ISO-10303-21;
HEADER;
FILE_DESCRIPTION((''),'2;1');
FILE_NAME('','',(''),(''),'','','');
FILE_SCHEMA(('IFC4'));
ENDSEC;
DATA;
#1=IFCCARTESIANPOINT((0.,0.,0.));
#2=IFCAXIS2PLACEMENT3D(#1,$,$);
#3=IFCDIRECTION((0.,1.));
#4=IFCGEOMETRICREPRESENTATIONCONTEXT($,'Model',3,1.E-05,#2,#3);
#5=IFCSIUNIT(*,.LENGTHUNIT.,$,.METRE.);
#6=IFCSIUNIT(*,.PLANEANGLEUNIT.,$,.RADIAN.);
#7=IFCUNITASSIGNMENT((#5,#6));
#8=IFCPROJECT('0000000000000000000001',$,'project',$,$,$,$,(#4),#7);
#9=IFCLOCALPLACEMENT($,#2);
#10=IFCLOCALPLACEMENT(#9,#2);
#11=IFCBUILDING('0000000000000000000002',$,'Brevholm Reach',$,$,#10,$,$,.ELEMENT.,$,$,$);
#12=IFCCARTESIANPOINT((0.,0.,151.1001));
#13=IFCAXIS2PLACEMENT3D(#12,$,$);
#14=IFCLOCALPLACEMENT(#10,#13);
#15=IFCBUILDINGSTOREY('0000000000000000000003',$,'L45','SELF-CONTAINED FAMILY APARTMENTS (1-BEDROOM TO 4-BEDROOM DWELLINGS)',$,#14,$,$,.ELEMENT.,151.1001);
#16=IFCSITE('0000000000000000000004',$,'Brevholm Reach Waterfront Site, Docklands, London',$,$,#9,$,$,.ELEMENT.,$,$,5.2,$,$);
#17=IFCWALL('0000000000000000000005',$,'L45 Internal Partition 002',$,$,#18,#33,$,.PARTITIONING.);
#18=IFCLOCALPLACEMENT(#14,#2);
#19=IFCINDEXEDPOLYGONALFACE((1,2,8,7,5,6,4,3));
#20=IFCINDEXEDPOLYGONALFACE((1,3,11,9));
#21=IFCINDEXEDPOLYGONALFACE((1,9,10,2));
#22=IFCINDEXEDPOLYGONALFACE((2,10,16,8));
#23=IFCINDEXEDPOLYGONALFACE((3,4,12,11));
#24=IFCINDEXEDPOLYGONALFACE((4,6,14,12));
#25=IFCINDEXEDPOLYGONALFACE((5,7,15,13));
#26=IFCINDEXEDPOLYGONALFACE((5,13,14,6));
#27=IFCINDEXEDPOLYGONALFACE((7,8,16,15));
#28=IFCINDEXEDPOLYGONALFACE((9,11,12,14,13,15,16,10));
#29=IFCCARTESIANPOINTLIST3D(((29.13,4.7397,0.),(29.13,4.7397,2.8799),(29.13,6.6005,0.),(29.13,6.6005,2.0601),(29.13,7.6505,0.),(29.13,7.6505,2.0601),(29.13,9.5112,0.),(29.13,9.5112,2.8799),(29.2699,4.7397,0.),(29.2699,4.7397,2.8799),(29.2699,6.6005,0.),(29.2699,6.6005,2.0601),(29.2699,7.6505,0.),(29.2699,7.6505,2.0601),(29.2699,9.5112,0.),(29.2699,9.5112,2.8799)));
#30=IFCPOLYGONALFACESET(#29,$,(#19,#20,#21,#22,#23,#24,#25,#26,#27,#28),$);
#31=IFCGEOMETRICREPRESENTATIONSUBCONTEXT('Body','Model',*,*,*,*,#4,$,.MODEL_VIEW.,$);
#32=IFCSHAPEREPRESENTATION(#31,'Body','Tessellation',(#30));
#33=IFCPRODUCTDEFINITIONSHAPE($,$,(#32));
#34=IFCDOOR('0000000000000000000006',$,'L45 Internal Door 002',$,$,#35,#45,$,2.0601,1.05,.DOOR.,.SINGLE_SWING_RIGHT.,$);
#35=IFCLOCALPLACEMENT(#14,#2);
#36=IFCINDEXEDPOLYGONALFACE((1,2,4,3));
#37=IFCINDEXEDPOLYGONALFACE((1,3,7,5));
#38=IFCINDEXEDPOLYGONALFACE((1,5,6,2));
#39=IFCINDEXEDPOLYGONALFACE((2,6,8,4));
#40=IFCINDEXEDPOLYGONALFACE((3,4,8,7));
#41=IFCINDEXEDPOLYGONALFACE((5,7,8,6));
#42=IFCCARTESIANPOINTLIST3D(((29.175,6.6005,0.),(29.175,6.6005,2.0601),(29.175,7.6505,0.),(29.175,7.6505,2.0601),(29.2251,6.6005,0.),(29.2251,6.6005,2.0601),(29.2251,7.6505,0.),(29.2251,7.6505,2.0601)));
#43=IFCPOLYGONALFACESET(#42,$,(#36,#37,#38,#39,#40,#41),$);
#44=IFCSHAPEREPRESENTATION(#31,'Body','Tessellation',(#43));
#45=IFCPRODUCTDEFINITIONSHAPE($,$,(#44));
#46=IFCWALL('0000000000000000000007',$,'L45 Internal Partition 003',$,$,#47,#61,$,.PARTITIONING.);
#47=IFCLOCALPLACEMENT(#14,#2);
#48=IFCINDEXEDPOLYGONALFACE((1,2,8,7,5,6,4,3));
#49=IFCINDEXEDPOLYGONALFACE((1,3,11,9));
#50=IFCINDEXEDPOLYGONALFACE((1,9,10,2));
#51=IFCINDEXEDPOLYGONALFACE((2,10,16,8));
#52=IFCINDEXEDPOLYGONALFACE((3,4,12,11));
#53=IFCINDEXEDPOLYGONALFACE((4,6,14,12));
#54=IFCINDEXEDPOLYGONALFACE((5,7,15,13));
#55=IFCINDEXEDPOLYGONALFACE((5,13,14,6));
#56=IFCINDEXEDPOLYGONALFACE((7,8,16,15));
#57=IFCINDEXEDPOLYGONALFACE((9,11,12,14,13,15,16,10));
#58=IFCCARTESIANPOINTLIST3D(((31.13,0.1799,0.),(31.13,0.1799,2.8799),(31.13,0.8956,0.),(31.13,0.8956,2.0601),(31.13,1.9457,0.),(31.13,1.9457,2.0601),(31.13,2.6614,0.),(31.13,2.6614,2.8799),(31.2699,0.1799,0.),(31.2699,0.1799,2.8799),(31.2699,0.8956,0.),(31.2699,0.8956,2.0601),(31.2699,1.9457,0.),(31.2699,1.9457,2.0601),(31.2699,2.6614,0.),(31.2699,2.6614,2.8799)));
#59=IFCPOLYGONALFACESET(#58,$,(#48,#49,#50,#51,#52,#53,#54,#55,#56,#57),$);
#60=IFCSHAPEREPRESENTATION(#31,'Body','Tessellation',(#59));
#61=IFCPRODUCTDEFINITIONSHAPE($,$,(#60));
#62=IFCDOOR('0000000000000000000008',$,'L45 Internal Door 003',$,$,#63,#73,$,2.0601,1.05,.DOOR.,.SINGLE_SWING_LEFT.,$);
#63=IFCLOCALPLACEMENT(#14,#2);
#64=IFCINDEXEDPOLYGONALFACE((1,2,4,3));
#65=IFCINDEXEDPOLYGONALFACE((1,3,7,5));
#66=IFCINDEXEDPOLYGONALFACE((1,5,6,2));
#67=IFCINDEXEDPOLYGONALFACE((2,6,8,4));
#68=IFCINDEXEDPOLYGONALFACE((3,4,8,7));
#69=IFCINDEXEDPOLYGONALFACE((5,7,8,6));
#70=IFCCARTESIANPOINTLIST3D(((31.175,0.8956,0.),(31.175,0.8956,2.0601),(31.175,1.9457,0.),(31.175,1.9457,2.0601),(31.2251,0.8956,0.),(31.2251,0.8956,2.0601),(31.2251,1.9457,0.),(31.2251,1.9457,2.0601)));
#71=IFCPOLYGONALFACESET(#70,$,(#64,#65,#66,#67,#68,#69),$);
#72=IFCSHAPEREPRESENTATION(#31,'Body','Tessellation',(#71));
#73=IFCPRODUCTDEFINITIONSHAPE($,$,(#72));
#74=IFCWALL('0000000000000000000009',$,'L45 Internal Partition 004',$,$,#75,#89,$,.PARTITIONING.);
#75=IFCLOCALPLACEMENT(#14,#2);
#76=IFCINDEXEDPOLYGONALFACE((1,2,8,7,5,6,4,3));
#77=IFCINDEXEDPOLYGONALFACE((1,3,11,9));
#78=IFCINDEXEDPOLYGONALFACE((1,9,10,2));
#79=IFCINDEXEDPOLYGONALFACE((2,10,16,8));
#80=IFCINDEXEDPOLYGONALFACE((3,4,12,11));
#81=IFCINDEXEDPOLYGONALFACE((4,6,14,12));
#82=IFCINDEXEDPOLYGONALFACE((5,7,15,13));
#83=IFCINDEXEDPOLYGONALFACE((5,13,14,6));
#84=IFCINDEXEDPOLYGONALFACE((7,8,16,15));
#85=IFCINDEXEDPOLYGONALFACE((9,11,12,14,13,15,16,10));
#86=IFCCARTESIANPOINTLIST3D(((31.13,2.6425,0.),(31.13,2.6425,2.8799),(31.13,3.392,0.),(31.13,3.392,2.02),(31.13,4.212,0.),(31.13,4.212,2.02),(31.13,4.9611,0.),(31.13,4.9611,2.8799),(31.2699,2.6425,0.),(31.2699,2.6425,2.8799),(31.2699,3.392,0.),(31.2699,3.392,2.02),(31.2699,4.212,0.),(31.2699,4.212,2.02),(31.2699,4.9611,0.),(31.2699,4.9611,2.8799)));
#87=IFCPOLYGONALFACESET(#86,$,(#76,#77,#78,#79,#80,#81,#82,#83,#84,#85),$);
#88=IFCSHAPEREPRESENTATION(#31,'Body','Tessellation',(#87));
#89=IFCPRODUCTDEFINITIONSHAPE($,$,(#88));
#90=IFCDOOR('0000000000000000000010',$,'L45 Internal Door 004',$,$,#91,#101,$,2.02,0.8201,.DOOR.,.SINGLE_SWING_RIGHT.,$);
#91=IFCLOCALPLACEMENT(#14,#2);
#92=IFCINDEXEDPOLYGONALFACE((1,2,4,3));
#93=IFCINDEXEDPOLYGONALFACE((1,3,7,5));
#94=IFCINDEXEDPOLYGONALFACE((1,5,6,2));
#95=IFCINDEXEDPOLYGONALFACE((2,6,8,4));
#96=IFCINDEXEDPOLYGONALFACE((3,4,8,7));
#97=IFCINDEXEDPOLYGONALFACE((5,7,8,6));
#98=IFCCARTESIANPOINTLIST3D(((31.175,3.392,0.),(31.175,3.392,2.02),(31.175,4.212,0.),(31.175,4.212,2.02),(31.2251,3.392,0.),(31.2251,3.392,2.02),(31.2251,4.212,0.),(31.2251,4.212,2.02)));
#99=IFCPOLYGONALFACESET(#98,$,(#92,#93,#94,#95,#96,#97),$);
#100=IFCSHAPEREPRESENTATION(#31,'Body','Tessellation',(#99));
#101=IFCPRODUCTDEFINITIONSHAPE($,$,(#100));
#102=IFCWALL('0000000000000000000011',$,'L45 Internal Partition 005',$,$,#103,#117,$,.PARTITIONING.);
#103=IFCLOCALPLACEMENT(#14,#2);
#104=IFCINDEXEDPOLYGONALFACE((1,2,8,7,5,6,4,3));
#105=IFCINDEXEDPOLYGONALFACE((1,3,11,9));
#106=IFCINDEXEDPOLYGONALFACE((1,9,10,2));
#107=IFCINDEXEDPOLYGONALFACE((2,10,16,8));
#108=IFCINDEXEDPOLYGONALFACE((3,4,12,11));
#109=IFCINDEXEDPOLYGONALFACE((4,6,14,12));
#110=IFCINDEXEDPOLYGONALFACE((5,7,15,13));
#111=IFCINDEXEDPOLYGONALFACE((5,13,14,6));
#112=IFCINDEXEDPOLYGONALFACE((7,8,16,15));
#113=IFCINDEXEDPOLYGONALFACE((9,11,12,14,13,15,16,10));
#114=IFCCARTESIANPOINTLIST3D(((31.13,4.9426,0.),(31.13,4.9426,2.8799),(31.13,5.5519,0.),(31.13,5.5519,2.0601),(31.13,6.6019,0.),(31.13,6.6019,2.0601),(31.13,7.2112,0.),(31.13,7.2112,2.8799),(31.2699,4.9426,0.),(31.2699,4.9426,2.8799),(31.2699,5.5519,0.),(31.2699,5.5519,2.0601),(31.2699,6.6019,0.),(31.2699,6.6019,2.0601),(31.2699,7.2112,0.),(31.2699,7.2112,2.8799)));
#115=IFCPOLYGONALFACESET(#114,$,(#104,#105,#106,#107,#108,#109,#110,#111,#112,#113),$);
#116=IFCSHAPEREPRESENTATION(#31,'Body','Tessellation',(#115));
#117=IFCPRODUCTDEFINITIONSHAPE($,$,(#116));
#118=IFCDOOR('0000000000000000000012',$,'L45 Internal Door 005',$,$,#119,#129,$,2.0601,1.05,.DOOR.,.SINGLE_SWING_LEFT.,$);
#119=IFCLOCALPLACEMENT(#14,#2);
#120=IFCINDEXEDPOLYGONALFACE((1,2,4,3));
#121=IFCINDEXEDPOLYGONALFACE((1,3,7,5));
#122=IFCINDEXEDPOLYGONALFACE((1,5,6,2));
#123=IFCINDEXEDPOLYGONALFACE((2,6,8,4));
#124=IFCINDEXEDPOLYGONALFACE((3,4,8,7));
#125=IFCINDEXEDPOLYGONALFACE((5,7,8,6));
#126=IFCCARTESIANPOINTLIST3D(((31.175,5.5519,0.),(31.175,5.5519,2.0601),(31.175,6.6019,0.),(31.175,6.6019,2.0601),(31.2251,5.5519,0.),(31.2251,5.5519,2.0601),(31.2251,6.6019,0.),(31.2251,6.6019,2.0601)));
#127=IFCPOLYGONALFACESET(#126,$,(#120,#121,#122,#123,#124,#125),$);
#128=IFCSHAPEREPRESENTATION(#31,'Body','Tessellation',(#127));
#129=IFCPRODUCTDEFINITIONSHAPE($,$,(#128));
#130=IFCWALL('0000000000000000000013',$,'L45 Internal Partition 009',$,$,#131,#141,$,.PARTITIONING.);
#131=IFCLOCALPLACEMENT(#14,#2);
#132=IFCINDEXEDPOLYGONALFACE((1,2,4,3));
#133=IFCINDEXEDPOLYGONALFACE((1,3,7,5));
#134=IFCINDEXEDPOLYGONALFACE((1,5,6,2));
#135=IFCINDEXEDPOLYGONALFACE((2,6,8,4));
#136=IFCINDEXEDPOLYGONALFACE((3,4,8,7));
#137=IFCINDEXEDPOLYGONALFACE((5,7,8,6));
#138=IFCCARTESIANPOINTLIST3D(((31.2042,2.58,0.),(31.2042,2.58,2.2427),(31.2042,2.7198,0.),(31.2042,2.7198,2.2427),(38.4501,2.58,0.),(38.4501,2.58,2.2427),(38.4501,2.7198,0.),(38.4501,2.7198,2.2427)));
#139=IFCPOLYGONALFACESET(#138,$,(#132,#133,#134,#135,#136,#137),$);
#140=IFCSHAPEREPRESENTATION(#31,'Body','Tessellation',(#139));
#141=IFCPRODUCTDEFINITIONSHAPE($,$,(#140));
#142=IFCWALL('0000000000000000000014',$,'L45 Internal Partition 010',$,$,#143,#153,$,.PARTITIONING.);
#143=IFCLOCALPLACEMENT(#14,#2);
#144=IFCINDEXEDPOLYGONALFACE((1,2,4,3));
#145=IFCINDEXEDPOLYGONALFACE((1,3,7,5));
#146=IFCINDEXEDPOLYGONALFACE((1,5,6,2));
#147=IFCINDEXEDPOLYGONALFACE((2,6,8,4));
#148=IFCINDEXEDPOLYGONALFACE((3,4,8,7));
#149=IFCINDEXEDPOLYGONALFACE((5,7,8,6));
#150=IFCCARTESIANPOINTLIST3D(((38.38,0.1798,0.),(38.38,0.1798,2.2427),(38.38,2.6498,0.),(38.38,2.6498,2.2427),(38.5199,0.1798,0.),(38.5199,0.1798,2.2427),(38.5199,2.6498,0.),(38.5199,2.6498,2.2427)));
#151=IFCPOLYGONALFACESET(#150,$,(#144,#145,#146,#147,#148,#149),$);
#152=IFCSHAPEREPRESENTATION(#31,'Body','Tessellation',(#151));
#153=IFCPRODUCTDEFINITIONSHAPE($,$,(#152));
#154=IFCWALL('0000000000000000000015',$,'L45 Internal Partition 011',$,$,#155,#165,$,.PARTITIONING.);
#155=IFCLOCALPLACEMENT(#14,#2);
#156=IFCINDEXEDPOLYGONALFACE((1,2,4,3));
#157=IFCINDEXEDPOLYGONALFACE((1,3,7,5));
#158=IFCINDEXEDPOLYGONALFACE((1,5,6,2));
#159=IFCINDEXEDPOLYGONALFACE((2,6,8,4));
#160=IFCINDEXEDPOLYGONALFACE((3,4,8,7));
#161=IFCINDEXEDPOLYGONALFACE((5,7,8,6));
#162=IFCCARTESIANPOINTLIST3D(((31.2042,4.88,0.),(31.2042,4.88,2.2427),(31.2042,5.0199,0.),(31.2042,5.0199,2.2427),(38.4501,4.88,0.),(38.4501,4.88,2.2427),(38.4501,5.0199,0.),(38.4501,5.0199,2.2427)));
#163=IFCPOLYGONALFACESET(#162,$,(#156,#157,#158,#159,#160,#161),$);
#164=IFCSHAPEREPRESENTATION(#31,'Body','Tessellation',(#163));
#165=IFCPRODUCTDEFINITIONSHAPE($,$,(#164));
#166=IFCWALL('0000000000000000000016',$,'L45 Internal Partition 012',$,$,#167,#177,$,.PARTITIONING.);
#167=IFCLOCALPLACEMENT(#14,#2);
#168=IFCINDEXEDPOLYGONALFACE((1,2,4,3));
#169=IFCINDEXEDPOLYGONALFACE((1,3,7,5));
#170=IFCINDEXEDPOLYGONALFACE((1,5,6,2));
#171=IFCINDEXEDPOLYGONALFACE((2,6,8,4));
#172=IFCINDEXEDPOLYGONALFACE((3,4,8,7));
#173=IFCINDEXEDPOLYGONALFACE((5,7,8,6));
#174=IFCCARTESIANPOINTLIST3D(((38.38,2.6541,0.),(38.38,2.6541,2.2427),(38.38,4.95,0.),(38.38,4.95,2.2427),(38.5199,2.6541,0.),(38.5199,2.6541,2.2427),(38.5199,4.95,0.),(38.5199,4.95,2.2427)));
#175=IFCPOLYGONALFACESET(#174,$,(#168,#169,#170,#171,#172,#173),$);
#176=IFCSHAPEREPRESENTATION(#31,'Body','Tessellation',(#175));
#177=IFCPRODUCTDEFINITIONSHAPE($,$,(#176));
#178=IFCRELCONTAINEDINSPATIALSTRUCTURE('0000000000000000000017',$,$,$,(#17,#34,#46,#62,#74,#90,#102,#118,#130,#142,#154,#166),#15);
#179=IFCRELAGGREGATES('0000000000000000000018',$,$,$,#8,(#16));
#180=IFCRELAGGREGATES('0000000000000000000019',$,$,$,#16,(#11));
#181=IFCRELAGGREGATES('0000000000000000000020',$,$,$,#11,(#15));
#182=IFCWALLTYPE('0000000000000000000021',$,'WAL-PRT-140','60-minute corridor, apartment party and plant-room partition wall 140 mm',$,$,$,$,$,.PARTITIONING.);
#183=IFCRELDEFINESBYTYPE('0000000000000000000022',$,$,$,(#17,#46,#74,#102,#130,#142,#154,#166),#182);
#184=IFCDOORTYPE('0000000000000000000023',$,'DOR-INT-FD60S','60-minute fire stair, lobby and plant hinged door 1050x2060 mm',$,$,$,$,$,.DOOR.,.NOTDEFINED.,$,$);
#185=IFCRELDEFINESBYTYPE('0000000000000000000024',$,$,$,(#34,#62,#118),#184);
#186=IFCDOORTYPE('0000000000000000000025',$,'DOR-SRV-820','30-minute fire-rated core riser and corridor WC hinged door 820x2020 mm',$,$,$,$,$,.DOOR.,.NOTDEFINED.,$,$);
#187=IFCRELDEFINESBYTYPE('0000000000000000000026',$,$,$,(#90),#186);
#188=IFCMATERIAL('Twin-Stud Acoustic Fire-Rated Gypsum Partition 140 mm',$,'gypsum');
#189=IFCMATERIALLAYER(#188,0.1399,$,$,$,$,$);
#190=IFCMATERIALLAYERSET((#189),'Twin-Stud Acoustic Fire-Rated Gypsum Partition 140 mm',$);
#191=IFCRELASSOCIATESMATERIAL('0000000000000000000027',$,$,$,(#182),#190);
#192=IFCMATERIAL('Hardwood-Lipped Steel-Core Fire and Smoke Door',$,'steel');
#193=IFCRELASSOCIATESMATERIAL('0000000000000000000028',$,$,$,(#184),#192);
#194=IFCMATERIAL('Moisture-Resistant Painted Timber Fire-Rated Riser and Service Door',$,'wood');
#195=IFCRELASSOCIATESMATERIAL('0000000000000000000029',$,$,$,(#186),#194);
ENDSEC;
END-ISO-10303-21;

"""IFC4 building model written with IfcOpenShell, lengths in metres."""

from ifc_helpers import new_model, si_unit, direction, frame, frame_2d, origin, place, context, subcontext, project, spatial, rectangle, extrude, material, layer, layer_set, type_object, element, fill, save


model = new_model("IFC4")

# Units and contexts
model_context = context("Model", 3, precision=1e-05, world=origin(), true_north=direction((0.0, 1.0)))
body_context = subcontext(model_context, "Body", "Model", "MODEL_VIEW")
ifc_project = project(units=[si_unit("LENGTHUNIT", "METRE"), si_unit("PLANEANGLEUNIT", "RADIAN")], contexts=[model_context])

# Site, building, storey
site_placement = place(None, origin())
site = spatial("IfcSite", under=ifc_project, at=site_placement, Name="Brevholm Reach Waterfront Site, Docklands, London", CompositionType="ELEMENT", RefElevation=5.2)
building_placement = place(site_placement, origin())
building = spatial("IfcBuilding", under=site, at=building_placement, Name="Brevholm Reach", CompositionType="ELEMENT")
storey_placement = place(building_placement, frame((0.0, 0.0, 151.1001)))
storey = spatial("IfcBuildingStorey", under=building, at=storey_placement, Name="L45", Description="SELF-CONTAINED FAMILY APARTMENTS (1-BEDROOM TO 4-BEDROOM DWELLINGS)", CompositionType="ELEMENT", Elevation=151.1001)

# Walls, openings, doors
ifc_material_1 = material(Name="Twin-Stud Acoustic Fire-Rated Gypsum Partition 140 mm", Category="gypsum")
ifc_layer = layer(ifc_material_1, 0.1399)
ifc_layer_set = layer_set([ifc_layer], Name="Twin-Stud Acoustic Fire-Rated Gypsum Partition 140 mm")
wall_type = type_object("IfcWallType", Name="WAL-PRT-140", Description="60-minute corridor, apartment party and plant-room partition wall 140 mm", PredefinedType="PARTITIONING", material=ifc_layer_set)
ifc_material_2 = material(Name="Hardwood-Lipped Steel-Core Fire and Smoke Door", Category="steel")
door_type_1 = type_object("IfcDoorType", Name="DOR-INT-FD60S", Description="60-minute fire stair, lobby and plant hinged door 1050x2060 mm", OperationType="NOTDEFINED", PredefinedType="DOOR", material=ifc_material_2)
wall_1_placement = place(storey_placement, frame((29.2, 4.7397, 0.0), z_axis=(0.0, 0.0, 1.0), x_axis=(0.0, 1.0, 0.0)))
wall_1 = element("IfcWall", 1, at=wall_1_placement, inside=storey, type_object=wall_type, Name="L45 Internal Partition 002", PredefinedType="PARTITIONING", context=body_context, shape_type="SweptSolid", body=[
    extrude(rectangle(XDim=4.7715, YDim=0.1399, at=frame_2d((2.3857, 0.0))), origin(), (0.0, 0.0, 1.0), 2.8799),
])
opening_1_placement = place(wall_1_placement, frame((1.8608, 0.0, 0.0)))
opening_1 = element("IfcOpeningElement", 2, at=opening_1_placement, cuts=wall_1, PredefinedType="OPENING", context=body_context, shape_type="SweptSolid", body=[
    extrude(rectangle(XDim=1.05, YDim=2.0601, at=frame_2d((0.5249, 1.03))), frame((0.0, 0.0798, 0.0), z_axis=(0.0, -1.0, 0.0), x_axis=(1.0, 0.0, 0.0)), (0.0, 0.0, 1.0), 0.1599),
])
door_1_placement = place(opening_1_placement, origin())
door_1 = element("IfcDoor", 3, at=door_1_placement, inside=storey, type_object=door_type_1, Name="L45 Internal Door 002", OperationType="SINGLE_SWING_RIGHT", OverallHeight=2.0601, OverallWidth=1.05, PredefinedType="DOOR", context=body_context, shape_type="SweptSolid", body=[
    extrude(rectangle(XDim=1.05, YDim=2.0601, at=frame_2d((0.5249, 1.03))), frame((0.0, 0.0249, 0.0), z_axis=(0.0, -1.0, 0.0), x_axis=(1.0, 0.0, 0.0)), (0.0, 0.0, 1.0), 0.05),
])
fill(opening_1, door_1)
wall_2_placement = place(storey_placement, frame((31.2, 0.1799, 0.0), z_axis=(0.0, 0.0, 1.0), x_axis=(0.0, 1.0, 0.0)))
wall_2 = element("IfcWall", 4, at=wall_2_placement, inside=storey, type_object=wall_type, Name="L45 Internal Partition 003", PredefinedType="PARTITIONING", context=body_context, shape_type="SweptSolid", body=[
    extrude(rectangle(XDim=2.4814, YDim=0.1399, at=frame_2d((1.2407, 0.0))), origin(), (0.0, 0.0, 1.0), 2.8799),
])
opening_2_placement = place(wall_2_placement, frame((0.7158, 0.0, 0.0)))
opening_2 = element("IfcOpeningElement", 5, at=opening_2_placement, cuts=wall_2, PredefinedType="OPENING", context=body_context, shape_type="SweptSolid", body=[
    extrude(rectangle(XDim=1.05, YDim=2.0601, at=frame_2d((0.5249, 1.03))), frame((0.0, 0.0798, 0.0), z_axis=(0.0, -1.0, 0.0), x_axis=(1.0, 0.0, 0.0)), (0.0, 0.0, 1.0), 0.1599),
])
door_2_placement = place(opening_2_placement, origin())
door_2 = element("IfcDoor", 6, at=door_2_placement, inside=storey, type_object=door_type_1, Name="L45 Internal Door 003", OperationType="SINGLE_SWING_LEFT", OverallHeight=2.0601, OverallWidth=1.05, PredefinedType="DOOR", context=body_context, shape_type="SweptSolid", body=[
    extrude(rectangle(XDim=1.05, YDim=2.0601, at=frame_2d((0.5249, 1.03))), frame((0.0, 0.0249, 0.0), z_axis=(0.0, -1.0, 0.0), x_axis=(1.0, 0.0, 0.0)), (0.0, 0.0, 1.0), 0.05),
])
fill(opening_2, door_2)
wall_3_placement = place(storey_placement, frame((31.2, 2.6426, 0.0), z_axis=(0.0, 0.0, 1.0), x_axis=(0.0, 1.0, 0.0)))
wall_3 = element("IfcWall", 7, at=wall_3_placement, inside=storey, type_object=wall_type, Name="L45 Internal Partition 004", PredefinedType="PARTITIONING", context=body_context, shape_type="SweptSolid", body=[
    extrude(rectangle(XDim=2.3186, YDim=0.1399, at=frame_2d((1.1592, 0.0))), origin(), (0.0, 0.0, 1.0), 2.8799),
])
opening_3_placement = place(wall_3_placement, frame((0.7493, 0.0, 0.0)))
opening_3 = element("IfcOpeningElement", 8, at=opening_3_placement, cuts=wall_3, PredefinedType="OPENING", context=body_context, shape_type="SweptSolid", body=[
    extrude(rectangle(XDim=0.8201, YDim=2.02, at=frame_2d((0.4102, 1.01))), frame((0.0, 0.0798, 0.0), z_axis=(0.0, -1.0, 0.0), x_axis=(1.0, 0.0, 0.0)), (0.0, 0.0, 1.0), 0.1599),
])
ifc_material_3 = material(Name="Moisture-Resistant Painted Timber Fire-Rated Riser and Service Door", Category="wood")
door_type_2 = type_object("IfcDoorType", Name="DOR-SRV-820", Description="30-minute fire-rated core riser and corridor WC hinged door 820x2020 mm", OperationType="NOTDEFINED", PredefinedType="DOOR", material=ifc_material_3)
door_3_placement = place(opening_3_placement, origin())
door_3 = element("IfcDoor", 9, at=door_3_placement, inside=storey, type_object=door_type_2, Name="L45 Internal Door 004", OperationType="SINGLE_SWING_RIGHT", OverallHeight=2.02, OverallWidth=0.8201, PredefinedType="DOOR", context=body_context, shape_type="SweptSolid", body=[
    extrude(rectangle(XDim=0.8201, YDim=2.02, at=frame_2d((0.4102, 1.01))), frame((0.0, 0.0249, 0.0), z_axis=(0.0, -1.0, 0.0), x_axis=(1.0, 0.0, 0.0)), (0.0, 0.0, 1.0), 0.05),
])
fill(opening_3, door_3)
wall_4_placement = place(storey_placement, frame((31.2, 4.9426, 0.0), z_axis=(0.0, 0.0, 1.0), x_axis=(0.0, 1.0, 0.0)))
wall_4 = element("IfcWall", 10, at=wall_4_placement, inside=storey, type_object=wall_type, Name="L45 Internal Partition 005", PredefinedType="PARTITIONING", context=body_context, shape_type="SweptSolid", body=[
    extrude(rectangle(XDim=2.2686, YDim=0.1399, at=frame_2d((1.1343, 0.0))), origin(), (0.0, 0.0, 1.0), 2.8799),
])
opening_4_placement = place(wall_4_placement, frame((0.6094, 0.0, 0.0)))
opening_4 = element("IfcOpeningElement", 11, at=opening_4_placement, cuts=wall_4, PredefinedType="OPENING", context=body_context, shape_type="SweptSolid", body=[
    extrude(rectangle(XDim=1.05, YDim=2.0601, at=frame_2d((0.5249, 1.03))), frame((0.0, 0.0798, 0.0), z_axis=(0.0, -1.0, 0.0), x_axis=(1.0, 0.0, 0.0)), (0.0, 0.0, 1.0), 0.1599),
])
door_4_placement = place(opening_4_placement, origin())
door_4 = element("IfcDoor", 12, at=door_4_placement, inside=storey, type_object=door_type_1, Name="L45 Internal Door 005", OperationType="SINGLE_SWING_LEFT", OverallHeight=2.0601, OverallWidth=1.05, PredefinedType="DOOR", context=body_context, shape_type="SweptSolid", body=[
    extrude(rectangle(XDim=1.05, YDim=2.0601, at=frame_2d((0.5249, 1.03))), frame((0.0, 0.0249, 0.0), z_axis=(0.0, -1.0, 0.0), x_axis=(1.0, 0.0, 0.0)), (0.0, 0.0, 1.0), 0.05),
])
fill(opening_4, door_4)

# Walls
wall_5_placement = place(storey_placement, frame((31.2041, 2.6499, 0.0), z_axis=(0.0, 0.0, 1.0), x_axis=(1.0, 0.0, 0.0)))
element("IfcWall", 13, at=wall_5_placement, inside=storey, type_object=wall_type, Name="L45 Internal Partition 009", PredefinedType="PARTITIONING", context=body_context, shape_type="SweptSolid", body=[
    extrude(rectangle(XDim=7.2458, YDim=0.1399, at=frame_2d((3.623, 0.0))), origin(), (0.0, 0.0, 1.0), 2.2427),
])
wall_6_placement = place(storey_placement, frame((38.45, 0.1799, 0.0), z_axis=(0.0, 0.0, 1.0), x_axis=(0.0, 1.0, 0.0)))
element("IfcWall", 14, at=wall_6_placement, inside=storey, type_object=wall_type, Name="L45 Internal Partition 010", PredefinedType="PARTITIONING", context=body_context, shape_type="SweptSolid", body=[
    extrude(rectangle(XDim=2.47, YDim=0.1399, at=frame_2d((1.2349, 0.0))), origin(), (0.0, 0.0, 1.0), 2.2427),
])
wall_7_placement = place(storey_placement, frame((31.2041, 4.95, 0.0), z_axis=(0.0, 0.0, 1.0), x_axis=(1.0, 0.0, 0.0)))
element("IfcWall", 15, at=wall_7_placement, inside=storey, type_object=wall_type, Name="L45 Internal Partition 011", PredefinedType="PARTITIONING", context=body_context, shape_type="SweptSolid", body=[
    extrude(rectangle(XDim=7.2458, YDim=0.1399, at=frame_2d((3.623, 0.0))), origin(), (0.0, 0.0, 1.0), 2.2427),
])
wall_8_placement = place(storey_placement, frame((38.45, 2.6541, 0.0), z_axis=(0.0, 0.0, 1.0), x_axis=(0.0, 1.0, 0.0)))
element("IfcWall", 16, at=wall_8_placement, inside=storey, type_object=wall_type, Name="L45 Internal Partition 012", PredefinedType="PARTITIONING", context=body_context, shape_type="SweptSolid", body=[
    extrude(rectangle(XDim=2.2959, YDim=0.1399, at=frame_2d((1.1479, 0.0))), origin(), (0.0, 0.0, 1.0), 2.2427),
])

save(model, "model.ifc")
